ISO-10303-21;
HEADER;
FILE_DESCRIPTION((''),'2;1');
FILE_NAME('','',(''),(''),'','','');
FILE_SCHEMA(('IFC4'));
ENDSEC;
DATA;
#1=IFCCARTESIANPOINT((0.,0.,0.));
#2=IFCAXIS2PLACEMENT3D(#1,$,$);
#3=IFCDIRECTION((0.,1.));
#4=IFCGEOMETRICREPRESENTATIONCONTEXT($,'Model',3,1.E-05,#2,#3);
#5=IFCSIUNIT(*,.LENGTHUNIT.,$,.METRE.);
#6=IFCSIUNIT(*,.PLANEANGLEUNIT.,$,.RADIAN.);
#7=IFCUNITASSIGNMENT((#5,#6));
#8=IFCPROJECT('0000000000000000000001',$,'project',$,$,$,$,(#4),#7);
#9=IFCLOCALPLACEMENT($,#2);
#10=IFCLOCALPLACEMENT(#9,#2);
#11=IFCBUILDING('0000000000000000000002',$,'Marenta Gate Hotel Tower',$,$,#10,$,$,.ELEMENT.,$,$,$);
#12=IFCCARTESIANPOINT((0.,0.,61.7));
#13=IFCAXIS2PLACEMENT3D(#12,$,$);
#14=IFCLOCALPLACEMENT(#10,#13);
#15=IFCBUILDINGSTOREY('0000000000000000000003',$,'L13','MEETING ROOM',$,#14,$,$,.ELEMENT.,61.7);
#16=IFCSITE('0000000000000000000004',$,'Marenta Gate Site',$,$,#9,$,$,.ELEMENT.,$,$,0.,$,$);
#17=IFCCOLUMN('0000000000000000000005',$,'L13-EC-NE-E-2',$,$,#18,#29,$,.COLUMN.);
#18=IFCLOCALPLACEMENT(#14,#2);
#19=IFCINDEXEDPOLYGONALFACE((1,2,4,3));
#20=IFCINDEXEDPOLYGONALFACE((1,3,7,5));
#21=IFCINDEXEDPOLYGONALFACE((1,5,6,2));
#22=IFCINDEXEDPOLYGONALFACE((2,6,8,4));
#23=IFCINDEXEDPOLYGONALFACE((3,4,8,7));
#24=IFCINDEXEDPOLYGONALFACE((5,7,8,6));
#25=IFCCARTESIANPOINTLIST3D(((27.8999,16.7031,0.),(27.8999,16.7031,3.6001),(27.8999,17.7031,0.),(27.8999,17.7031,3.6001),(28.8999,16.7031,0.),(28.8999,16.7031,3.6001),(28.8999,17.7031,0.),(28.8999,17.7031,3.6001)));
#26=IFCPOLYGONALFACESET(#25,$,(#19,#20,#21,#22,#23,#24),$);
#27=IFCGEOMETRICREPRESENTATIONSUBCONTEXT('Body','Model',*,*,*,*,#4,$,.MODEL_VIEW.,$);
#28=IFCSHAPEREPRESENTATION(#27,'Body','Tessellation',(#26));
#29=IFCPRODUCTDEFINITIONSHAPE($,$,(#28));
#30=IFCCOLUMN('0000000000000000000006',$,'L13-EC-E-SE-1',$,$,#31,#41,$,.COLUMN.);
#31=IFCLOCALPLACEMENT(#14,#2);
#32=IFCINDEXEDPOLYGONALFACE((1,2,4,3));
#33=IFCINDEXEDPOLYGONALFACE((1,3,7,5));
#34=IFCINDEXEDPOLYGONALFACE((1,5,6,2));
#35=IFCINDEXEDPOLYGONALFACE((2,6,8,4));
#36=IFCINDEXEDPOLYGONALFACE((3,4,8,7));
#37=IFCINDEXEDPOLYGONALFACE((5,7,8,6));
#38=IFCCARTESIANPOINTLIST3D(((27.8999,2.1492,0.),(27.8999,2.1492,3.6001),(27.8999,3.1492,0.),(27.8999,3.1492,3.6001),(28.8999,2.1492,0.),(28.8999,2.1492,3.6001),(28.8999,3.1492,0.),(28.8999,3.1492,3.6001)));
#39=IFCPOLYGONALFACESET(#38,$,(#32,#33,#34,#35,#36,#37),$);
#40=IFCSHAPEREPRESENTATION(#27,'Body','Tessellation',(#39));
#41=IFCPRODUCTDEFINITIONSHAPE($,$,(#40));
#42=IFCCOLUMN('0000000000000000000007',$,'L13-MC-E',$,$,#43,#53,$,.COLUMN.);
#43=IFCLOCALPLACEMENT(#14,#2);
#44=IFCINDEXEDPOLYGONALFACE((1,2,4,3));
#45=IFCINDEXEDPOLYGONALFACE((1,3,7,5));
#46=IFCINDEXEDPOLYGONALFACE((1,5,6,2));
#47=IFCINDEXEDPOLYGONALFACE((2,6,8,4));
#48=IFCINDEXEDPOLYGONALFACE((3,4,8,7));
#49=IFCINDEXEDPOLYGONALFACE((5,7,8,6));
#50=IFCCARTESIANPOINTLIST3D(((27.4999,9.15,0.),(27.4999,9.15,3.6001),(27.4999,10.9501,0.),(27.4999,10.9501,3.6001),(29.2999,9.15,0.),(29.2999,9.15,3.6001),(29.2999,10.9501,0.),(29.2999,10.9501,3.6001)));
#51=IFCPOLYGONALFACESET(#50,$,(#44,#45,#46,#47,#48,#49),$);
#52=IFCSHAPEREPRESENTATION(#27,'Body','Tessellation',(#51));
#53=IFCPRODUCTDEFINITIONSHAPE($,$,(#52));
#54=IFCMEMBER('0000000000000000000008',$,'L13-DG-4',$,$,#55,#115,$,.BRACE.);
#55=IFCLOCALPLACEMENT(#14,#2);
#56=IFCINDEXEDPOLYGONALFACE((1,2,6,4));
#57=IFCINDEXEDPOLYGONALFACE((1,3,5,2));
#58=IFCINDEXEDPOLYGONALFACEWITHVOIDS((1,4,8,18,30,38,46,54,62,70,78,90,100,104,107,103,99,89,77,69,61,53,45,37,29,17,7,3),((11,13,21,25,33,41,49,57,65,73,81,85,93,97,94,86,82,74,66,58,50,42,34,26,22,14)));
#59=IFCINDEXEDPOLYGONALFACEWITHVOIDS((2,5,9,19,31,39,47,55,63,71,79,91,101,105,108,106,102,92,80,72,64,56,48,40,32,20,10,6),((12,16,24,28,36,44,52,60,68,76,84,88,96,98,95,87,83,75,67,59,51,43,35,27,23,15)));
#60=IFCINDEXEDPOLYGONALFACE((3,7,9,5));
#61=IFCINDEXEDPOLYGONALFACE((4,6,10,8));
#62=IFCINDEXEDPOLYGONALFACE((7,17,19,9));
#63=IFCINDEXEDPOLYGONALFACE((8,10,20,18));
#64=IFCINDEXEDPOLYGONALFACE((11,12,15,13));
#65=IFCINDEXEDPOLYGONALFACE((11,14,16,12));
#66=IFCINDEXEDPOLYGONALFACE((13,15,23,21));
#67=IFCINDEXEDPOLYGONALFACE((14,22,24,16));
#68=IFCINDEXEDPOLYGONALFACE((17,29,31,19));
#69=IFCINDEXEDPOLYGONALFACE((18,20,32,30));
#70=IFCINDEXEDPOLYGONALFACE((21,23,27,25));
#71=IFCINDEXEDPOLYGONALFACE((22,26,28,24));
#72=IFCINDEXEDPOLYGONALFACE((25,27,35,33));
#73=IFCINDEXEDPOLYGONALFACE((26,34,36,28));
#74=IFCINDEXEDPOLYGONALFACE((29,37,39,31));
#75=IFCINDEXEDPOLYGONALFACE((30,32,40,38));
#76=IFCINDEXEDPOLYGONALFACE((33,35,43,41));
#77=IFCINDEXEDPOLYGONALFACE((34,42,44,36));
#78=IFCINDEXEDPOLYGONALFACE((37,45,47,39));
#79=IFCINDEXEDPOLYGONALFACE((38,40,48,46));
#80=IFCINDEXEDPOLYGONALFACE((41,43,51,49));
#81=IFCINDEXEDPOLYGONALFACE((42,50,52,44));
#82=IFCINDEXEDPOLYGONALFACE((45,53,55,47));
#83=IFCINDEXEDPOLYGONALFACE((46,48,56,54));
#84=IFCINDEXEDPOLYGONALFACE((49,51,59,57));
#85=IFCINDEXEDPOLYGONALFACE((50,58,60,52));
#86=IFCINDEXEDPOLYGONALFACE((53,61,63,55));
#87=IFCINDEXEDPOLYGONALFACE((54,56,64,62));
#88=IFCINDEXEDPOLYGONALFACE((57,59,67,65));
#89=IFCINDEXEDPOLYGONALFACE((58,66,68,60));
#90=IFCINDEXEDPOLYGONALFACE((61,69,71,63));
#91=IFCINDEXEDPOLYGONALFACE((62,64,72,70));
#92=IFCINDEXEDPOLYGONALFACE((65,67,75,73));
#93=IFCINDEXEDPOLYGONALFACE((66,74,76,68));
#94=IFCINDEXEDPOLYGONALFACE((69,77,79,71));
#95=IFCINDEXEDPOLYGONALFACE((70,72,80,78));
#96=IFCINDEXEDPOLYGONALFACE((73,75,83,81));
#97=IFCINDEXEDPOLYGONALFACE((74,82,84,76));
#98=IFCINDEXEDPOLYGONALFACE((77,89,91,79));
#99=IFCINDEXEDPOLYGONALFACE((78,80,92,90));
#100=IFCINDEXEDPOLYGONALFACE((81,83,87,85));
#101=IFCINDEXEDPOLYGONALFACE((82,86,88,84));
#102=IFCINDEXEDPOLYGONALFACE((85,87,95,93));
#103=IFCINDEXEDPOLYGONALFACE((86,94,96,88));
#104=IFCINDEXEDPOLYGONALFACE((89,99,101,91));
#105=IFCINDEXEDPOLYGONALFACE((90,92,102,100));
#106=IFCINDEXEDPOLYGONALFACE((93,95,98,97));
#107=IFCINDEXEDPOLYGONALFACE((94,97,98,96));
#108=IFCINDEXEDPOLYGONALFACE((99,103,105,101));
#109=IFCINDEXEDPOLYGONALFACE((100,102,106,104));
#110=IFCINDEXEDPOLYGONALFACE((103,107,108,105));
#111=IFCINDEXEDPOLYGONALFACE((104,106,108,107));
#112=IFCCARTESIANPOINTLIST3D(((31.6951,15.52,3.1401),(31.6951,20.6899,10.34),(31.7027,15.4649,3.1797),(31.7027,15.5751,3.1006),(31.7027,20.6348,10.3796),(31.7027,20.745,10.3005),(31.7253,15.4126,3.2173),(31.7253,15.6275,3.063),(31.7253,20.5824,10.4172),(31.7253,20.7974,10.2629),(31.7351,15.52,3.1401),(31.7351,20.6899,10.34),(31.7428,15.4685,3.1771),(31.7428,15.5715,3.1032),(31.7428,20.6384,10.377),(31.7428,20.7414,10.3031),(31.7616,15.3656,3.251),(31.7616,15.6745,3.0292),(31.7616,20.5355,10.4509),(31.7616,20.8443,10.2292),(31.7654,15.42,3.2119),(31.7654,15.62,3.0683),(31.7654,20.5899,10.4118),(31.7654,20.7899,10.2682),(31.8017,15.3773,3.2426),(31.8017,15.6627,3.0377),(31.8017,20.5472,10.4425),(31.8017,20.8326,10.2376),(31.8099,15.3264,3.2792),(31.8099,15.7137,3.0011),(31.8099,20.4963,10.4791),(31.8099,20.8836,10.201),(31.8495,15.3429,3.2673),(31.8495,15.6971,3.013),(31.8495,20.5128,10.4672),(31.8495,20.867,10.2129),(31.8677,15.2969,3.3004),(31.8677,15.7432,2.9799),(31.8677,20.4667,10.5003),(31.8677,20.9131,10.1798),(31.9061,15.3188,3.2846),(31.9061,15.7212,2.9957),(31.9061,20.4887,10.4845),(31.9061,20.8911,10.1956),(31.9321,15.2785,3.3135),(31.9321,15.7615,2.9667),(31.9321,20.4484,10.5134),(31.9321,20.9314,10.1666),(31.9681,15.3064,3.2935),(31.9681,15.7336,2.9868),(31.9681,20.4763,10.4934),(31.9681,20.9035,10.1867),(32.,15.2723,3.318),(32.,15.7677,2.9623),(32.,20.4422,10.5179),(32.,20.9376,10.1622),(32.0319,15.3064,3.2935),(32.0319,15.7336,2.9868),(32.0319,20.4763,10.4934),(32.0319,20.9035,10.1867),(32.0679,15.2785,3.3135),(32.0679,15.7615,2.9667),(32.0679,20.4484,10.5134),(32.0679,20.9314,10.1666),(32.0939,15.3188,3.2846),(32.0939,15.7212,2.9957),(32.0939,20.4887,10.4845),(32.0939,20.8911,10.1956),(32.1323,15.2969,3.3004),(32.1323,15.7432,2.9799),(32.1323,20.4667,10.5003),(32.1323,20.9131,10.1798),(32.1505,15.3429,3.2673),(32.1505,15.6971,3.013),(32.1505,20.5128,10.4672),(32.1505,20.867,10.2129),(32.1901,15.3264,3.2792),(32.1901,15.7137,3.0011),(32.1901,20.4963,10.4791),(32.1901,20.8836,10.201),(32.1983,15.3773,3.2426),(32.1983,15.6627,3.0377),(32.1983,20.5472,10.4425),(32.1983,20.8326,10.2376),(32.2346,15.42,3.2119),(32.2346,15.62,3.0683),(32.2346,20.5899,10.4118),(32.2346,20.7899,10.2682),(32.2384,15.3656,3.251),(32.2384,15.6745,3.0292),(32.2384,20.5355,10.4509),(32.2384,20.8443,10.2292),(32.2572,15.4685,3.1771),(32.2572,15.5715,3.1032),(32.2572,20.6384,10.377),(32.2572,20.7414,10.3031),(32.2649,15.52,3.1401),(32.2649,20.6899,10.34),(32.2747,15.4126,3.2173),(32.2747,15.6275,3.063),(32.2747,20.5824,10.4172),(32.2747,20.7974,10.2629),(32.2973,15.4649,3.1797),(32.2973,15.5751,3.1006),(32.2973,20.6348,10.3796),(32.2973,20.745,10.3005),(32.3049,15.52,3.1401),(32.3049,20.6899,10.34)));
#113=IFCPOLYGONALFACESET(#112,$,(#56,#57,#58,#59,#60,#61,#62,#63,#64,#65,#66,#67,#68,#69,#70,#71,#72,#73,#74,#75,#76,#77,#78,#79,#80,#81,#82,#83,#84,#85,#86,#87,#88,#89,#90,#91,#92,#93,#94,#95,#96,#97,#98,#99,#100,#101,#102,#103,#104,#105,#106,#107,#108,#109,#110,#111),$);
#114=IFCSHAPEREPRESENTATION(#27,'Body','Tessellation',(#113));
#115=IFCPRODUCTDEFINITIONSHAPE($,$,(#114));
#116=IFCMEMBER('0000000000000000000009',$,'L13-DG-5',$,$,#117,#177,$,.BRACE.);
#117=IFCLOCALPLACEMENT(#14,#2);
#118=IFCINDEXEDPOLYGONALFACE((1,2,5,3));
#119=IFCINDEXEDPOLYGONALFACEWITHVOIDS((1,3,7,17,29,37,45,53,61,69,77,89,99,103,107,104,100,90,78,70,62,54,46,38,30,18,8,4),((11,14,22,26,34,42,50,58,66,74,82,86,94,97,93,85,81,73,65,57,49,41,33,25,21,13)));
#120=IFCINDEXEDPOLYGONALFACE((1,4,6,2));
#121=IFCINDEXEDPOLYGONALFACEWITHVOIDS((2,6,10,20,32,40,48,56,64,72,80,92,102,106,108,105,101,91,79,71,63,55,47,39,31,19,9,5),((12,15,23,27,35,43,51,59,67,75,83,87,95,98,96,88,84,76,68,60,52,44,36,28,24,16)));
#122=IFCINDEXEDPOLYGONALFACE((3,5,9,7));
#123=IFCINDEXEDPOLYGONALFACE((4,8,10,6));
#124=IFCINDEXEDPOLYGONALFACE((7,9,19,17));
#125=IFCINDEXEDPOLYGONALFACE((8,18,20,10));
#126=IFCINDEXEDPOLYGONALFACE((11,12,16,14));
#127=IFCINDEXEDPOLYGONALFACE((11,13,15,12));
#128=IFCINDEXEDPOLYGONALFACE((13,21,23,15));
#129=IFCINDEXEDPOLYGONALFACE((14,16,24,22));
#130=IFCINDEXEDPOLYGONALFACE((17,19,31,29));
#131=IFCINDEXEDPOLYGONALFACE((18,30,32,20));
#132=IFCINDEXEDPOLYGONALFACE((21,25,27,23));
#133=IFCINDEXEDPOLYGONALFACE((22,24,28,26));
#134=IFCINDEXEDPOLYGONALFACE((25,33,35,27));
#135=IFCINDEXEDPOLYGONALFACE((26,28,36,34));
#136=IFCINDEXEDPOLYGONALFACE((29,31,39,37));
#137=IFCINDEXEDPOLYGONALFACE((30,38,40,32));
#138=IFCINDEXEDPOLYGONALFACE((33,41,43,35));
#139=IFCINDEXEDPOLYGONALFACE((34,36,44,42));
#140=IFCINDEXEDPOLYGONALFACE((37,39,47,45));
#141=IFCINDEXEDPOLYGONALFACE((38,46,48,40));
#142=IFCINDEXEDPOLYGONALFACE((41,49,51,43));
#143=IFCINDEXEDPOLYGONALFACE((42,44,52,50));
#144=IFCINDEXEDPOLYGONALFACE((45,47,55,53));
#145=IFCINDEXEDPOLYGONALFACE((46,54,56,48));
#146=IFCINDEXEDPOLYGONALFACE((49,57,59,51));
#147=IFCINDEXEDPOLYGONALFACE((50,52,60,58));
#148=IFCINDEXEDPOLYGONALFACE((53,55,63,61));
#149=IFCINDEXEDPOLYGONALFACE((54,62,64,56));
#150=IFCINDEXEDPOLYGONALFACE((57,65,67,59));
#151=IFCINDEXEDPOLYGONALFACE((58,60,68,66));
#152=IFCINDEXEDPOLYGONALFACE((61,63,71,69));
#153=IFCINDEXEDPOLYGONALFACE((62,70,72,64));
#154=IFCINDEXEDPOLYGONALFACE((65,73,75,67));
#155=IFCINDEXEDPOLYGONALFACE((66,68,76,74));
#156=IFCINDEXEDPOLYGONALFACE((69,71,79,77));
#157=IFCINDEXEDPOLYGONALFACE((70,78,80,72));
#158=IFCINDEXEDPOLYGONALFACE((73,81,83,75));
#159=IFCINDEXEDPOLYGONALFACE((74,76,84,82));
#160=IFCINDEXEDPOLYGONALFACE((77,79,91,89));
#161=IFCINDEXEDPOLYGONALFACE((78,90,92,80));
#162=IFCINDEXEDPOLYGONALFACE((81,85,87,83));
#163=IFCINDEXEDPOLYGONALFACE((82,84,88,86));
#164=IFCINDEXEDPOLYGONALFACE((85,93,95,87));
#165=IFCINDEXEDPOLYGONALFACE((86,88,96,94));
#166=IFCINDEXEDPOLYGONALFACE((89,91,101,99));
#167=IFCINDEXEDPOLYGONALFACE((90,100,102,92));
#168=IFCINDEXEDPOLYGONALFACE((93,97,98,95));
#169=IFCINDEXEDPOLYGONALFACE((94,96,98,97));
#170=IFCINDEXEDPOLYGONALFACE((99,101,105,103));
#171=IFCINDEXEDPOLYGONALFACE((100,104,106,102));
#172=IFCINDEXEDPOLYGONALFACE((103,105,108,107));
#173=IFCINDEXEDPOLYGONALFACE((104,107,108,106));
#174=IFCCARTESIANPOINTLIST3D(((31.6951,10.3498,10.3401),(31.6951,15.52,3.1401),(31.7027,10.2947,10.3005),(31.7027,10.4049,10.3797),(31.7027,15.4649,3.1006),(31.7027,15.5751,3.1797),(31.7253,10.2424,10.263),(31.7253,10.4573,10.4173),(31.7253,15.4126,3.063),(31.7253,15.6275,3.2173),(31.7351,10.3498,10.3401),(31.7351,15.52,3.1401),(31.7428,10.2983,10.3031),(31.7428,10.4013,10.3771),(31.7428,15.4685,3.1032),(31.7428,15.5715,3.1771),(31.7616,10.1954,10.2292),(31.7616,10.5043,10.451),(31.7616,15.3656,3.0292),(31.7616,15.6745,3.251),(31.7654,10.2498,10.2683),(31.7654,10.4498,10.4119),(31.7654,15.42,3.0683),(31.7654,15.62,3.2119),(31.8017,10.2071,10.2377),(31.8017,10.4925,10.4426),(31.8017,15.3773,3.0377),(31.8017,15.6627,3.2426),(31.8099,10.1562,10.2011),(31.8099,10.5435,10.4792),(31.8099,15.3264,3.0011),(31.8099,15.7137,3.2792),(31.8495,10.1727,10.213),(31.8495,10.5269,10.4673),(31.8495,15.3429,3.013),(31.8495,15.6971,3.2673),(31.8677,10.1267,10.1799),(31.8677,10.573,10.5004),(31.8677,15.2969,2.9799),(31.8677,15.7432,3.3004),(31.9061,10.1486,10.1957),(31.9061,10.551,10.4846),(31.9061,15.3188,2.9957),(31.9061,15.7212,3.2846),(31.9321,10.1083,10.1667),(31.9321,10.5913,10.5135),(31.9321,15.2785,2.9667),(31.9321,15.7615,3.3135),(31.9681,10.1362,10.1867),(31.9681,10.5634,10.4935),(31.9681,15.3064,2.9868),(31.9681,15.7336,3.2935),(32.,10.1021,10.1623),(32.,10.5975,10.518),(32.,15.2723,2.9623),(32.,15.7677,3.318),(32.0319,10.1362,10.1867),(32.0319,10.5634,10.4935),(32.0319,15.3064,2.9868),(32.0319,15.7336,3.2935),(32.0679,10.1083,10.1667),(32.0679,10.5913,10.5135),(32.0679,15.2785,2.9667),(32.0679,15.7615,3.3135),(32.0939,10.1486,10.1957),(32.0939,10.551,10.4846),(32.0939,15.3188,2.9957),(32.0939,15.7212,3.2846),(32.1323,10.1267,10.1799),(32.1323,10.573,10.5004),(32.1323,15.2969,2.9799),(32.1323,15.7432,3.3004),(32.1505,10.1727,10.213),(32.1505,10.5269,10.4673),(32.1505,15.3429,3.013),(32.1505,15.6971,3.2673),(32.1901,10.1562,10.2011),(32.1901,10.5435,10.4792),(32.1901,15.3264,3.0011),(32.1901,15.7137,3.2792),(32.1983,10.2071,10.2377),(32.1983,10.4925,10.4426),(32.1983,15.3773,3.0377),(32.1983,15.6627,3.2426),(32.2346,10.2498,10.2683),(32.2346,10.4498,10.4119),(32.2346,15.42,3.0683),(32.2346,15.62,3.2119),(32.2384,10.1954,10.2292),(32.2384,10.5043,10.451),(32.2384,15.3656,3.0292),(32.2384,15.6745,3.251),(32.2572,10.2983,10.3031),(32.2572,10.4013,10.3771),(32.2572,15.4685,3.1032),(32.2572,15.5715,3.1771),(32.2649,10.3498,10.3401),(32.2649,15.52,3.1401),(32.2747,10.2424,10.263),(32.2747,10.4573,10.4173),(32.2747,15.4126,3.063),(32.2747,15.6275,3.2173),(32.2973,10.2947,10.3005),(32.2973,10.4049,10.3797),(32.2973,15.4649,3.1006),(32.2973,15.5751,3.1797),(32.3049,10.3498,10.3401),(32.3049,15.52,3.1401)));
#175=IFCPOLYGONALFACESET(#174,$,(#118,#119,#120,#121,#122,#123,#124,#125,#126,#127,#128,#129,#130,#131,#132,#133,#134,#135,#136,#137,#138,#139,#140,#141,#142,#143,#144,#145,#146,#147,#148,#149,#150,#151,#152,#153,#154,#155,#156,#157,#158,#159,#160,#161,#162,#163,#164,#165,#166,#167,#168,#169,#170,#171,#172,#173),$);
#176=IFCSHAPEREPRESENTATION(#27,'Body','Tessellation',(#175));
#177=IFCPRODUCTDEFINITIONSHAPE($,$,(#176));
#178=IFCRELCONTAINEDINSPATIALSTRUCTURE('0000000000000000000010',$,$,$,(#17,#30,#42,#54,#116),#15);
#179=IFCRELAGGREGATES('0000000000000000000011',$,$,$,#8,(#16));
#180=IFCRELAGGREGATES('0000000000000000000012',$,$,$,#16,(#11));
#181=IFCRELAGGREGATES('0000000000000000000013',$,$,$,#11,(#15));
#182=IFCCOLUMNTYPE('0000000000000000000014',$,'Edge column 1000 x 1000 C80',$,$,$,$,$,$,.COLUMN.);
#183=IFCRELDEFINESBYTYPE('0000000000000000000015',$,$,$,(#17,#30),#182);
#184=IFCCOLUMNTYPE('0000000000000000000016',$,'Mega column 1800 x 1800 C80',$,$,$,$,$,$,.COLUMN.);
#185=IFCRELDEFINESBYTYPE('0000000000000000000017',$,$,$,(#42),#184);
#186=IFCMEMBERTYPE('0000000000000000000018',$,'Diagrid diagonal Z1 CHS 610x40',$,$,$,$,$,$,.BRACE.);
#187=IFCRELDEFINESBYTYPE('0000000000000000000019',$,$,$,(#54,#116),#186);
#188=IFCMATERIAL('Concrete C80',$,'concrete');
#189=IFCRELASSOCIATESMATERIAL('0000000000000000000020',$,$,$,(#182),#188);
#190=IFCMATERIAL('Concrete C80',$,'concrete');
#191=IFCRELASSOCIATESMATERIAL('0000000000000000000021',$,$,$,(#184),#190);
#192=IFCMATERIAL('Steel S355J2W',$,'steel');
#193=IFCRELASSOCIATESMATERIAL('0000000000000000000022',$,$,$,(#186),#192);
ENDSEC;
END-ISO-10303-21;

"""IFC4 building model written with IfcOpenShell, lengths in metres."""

from ifc_helpers import new_model, si_unit, direction, frame, origin, origin_2d, place, context, subcontext, project, spatial, rectangle, hollow_circle, extrude, material, material_profile, profile_set, type_object, element, save


model = new_model("IFC4")

# Units and contexts
model_context = context("Model", 3, precision=1e-05, world=origin(), true_north=direction((0.0, 1.0)))
body_context = subcontext(model_context, "Body", "Model", "MODEL_VIEW")
ifc_project = project(units=[si_unit("LENGTHUNIT", "METRE"), si_unit("PLANEANGLEUNIT", "RADIAN")], contexts=[model_context])

# Site, building, storey
site_placement = place(None, origin())
site = spatial("IfcSite", under=ifc_project, at=site_placement, Name="Marenta Gate Site", CompositionType="ELEMENT", RefElevation=0.0)
building_placement = place(site_placement, origin())
building = spatial("IfcBuilding", under=site, at=building_placement, Name="Marenta Gate Hotel Tower", CompositionType="ELEMENT")
storey_placement = place(building_placement, frame((0.0, 0.0, 61.7)))
storey = spatial("IfcBuildingStorey", under=building, at=storey_placement, Name="L13", Description="MEETING ROOM", CompositionType="ELEMENT", Elevation=61.7)

# Columns
ifc_material_1 = material(Name="Concrete C80", Category="concrete")
ifc_material_profile_1 = material_profile(ifc_material_1, rectangle(XDim=1.0, YDim=1.0, at=origin_2d()), Name="1000 x 1000")
ifc_profile_set_1 = profile_set([ifc_material_profile_1], Name="Concrete C80")
column_type_1 = type_object("IfcColumnType", Name="Edge column 1000 x 1000 C80", PredefinedType="COLUMN", material=ifc_profile_set_1)
for number, where, z_axis, x_axis, name in (
    (1, (28.3999, 17.2031, 0.0), (0.0, 0.0, 1.0), (1.0, 0.0, 0.0), "L13-EC-NE-E-2"),
    (2, (28.3999, 2.6492, 0.0), (0.0, 0.0, 1.0), (1.0, 0.0, 0.0), "L13-EC-E-SE-1"),
):
    element("IfcColumn", number, at=place(storey_placement, frame(where, z_axis=z_axis, x_axis=x_axis)), inside=storey, type_object=column_type_1, Name=name, PredefinedType="COLUMN", context=body_context, shape_type="SweptSolid", body=[
        extrude(rectangle(XDim=1.0, YDim=1.0, at=origin_2d()), origin(), (0.0, 0.0, 1.0), 3.6001),
    ])
ifc_material_2 = material(Name="Concrete C80", Category="concrete")
ifc_material_profile_2 = material_profile(ifc_material_2, rectangle(XDim=1.8, YDim=1.8, at=origin_2d()), Name="1800 x 1800")
ifc_profile_set_2 = profile_set([ifc_material_profile_2], Name="Concrete C80")
column_type_2 = type_object("IfcColumnType", Name="Mega column 1800 x 1800 C80", PredefinedType="COLUMN", material=ifc_profile_set_2)
column_placement = place(storey_placement, frame((28.3999, 10.05, 0.0), z_axis=(0.0, 0.0, 1.0), x_axis=(1.0, 0.0, 0.0)))
element("IfcColumn", 3, at=column_placement, inside=storey, type_object=column_type_2, Name="L13-MC-E", PredefinedType="COLUMN", context=body_context, shape_type="SweptSolid", body=[
    extrude(rectangle(XDim=1.8, YDim=1.8, at=origin_2d()), origin(), (0.0, 0.0, 1.0), 3.6001),
])

# Members
ifc_material_3 = material(Name="Steel S355J2W", Category="steel")
ifc_material_profile_3 = material_profile(ifc_material_3, hollow_circle(Radius=0.3049, WallThickness=0.04, at=origin_2d()), Name="CHS 610x40")
ifc_profile_set_3 = profile_set([ifc_material_profile_3], Name="Steel S355J2W")
member_type_1 = type_object("IfcMemberType", Name="Diagrid diagonal Z1 CHS 610x40", PredefinedType="BRACE", material=ifc_profile_set_3)
member_1_placement = place(storey_placement, frame((32.0, 15.52, 3.1401), z_axis=(0.0, 0.583261, 0.812285), x_axis=(-1.0, 0.0, 0.0)))
element("IfcMember", 4, at=member_1_placement, inside=storey, type_object=member_type_1, Name="L13-DG-4", PredefinedType="BRACE", context=body_context, shape_type="SweptSolid", body=[
    extrude(hollow_circle(Radius=0.3049, WallThickness=0.04, at=origin_2d()), origin(), (0.0, 0.0, 1.0), 8.8638),
])
member_2_placement = place(storey_placement, frame((32.0, 15.52, 3.1401), z_axis=(0.0, -0.583279, 0.812272), x_axis=(1.0, 0.0, 0.0)))
element("IfcMember", 5, at=member_2_placement, inside=storey, type_object=member_type_1, Name="L13-DG-5", PredefinedType="BRACE", context=body_context, shape_type="SweptSolid", body=[
    extrude(hollow_circle(Radius=0.3049, WallThickness=0.04, at=origin_2d()), origin(), (0.0, 0.0, 1.0), 8.864),
])

save(model, "model.ifc")
